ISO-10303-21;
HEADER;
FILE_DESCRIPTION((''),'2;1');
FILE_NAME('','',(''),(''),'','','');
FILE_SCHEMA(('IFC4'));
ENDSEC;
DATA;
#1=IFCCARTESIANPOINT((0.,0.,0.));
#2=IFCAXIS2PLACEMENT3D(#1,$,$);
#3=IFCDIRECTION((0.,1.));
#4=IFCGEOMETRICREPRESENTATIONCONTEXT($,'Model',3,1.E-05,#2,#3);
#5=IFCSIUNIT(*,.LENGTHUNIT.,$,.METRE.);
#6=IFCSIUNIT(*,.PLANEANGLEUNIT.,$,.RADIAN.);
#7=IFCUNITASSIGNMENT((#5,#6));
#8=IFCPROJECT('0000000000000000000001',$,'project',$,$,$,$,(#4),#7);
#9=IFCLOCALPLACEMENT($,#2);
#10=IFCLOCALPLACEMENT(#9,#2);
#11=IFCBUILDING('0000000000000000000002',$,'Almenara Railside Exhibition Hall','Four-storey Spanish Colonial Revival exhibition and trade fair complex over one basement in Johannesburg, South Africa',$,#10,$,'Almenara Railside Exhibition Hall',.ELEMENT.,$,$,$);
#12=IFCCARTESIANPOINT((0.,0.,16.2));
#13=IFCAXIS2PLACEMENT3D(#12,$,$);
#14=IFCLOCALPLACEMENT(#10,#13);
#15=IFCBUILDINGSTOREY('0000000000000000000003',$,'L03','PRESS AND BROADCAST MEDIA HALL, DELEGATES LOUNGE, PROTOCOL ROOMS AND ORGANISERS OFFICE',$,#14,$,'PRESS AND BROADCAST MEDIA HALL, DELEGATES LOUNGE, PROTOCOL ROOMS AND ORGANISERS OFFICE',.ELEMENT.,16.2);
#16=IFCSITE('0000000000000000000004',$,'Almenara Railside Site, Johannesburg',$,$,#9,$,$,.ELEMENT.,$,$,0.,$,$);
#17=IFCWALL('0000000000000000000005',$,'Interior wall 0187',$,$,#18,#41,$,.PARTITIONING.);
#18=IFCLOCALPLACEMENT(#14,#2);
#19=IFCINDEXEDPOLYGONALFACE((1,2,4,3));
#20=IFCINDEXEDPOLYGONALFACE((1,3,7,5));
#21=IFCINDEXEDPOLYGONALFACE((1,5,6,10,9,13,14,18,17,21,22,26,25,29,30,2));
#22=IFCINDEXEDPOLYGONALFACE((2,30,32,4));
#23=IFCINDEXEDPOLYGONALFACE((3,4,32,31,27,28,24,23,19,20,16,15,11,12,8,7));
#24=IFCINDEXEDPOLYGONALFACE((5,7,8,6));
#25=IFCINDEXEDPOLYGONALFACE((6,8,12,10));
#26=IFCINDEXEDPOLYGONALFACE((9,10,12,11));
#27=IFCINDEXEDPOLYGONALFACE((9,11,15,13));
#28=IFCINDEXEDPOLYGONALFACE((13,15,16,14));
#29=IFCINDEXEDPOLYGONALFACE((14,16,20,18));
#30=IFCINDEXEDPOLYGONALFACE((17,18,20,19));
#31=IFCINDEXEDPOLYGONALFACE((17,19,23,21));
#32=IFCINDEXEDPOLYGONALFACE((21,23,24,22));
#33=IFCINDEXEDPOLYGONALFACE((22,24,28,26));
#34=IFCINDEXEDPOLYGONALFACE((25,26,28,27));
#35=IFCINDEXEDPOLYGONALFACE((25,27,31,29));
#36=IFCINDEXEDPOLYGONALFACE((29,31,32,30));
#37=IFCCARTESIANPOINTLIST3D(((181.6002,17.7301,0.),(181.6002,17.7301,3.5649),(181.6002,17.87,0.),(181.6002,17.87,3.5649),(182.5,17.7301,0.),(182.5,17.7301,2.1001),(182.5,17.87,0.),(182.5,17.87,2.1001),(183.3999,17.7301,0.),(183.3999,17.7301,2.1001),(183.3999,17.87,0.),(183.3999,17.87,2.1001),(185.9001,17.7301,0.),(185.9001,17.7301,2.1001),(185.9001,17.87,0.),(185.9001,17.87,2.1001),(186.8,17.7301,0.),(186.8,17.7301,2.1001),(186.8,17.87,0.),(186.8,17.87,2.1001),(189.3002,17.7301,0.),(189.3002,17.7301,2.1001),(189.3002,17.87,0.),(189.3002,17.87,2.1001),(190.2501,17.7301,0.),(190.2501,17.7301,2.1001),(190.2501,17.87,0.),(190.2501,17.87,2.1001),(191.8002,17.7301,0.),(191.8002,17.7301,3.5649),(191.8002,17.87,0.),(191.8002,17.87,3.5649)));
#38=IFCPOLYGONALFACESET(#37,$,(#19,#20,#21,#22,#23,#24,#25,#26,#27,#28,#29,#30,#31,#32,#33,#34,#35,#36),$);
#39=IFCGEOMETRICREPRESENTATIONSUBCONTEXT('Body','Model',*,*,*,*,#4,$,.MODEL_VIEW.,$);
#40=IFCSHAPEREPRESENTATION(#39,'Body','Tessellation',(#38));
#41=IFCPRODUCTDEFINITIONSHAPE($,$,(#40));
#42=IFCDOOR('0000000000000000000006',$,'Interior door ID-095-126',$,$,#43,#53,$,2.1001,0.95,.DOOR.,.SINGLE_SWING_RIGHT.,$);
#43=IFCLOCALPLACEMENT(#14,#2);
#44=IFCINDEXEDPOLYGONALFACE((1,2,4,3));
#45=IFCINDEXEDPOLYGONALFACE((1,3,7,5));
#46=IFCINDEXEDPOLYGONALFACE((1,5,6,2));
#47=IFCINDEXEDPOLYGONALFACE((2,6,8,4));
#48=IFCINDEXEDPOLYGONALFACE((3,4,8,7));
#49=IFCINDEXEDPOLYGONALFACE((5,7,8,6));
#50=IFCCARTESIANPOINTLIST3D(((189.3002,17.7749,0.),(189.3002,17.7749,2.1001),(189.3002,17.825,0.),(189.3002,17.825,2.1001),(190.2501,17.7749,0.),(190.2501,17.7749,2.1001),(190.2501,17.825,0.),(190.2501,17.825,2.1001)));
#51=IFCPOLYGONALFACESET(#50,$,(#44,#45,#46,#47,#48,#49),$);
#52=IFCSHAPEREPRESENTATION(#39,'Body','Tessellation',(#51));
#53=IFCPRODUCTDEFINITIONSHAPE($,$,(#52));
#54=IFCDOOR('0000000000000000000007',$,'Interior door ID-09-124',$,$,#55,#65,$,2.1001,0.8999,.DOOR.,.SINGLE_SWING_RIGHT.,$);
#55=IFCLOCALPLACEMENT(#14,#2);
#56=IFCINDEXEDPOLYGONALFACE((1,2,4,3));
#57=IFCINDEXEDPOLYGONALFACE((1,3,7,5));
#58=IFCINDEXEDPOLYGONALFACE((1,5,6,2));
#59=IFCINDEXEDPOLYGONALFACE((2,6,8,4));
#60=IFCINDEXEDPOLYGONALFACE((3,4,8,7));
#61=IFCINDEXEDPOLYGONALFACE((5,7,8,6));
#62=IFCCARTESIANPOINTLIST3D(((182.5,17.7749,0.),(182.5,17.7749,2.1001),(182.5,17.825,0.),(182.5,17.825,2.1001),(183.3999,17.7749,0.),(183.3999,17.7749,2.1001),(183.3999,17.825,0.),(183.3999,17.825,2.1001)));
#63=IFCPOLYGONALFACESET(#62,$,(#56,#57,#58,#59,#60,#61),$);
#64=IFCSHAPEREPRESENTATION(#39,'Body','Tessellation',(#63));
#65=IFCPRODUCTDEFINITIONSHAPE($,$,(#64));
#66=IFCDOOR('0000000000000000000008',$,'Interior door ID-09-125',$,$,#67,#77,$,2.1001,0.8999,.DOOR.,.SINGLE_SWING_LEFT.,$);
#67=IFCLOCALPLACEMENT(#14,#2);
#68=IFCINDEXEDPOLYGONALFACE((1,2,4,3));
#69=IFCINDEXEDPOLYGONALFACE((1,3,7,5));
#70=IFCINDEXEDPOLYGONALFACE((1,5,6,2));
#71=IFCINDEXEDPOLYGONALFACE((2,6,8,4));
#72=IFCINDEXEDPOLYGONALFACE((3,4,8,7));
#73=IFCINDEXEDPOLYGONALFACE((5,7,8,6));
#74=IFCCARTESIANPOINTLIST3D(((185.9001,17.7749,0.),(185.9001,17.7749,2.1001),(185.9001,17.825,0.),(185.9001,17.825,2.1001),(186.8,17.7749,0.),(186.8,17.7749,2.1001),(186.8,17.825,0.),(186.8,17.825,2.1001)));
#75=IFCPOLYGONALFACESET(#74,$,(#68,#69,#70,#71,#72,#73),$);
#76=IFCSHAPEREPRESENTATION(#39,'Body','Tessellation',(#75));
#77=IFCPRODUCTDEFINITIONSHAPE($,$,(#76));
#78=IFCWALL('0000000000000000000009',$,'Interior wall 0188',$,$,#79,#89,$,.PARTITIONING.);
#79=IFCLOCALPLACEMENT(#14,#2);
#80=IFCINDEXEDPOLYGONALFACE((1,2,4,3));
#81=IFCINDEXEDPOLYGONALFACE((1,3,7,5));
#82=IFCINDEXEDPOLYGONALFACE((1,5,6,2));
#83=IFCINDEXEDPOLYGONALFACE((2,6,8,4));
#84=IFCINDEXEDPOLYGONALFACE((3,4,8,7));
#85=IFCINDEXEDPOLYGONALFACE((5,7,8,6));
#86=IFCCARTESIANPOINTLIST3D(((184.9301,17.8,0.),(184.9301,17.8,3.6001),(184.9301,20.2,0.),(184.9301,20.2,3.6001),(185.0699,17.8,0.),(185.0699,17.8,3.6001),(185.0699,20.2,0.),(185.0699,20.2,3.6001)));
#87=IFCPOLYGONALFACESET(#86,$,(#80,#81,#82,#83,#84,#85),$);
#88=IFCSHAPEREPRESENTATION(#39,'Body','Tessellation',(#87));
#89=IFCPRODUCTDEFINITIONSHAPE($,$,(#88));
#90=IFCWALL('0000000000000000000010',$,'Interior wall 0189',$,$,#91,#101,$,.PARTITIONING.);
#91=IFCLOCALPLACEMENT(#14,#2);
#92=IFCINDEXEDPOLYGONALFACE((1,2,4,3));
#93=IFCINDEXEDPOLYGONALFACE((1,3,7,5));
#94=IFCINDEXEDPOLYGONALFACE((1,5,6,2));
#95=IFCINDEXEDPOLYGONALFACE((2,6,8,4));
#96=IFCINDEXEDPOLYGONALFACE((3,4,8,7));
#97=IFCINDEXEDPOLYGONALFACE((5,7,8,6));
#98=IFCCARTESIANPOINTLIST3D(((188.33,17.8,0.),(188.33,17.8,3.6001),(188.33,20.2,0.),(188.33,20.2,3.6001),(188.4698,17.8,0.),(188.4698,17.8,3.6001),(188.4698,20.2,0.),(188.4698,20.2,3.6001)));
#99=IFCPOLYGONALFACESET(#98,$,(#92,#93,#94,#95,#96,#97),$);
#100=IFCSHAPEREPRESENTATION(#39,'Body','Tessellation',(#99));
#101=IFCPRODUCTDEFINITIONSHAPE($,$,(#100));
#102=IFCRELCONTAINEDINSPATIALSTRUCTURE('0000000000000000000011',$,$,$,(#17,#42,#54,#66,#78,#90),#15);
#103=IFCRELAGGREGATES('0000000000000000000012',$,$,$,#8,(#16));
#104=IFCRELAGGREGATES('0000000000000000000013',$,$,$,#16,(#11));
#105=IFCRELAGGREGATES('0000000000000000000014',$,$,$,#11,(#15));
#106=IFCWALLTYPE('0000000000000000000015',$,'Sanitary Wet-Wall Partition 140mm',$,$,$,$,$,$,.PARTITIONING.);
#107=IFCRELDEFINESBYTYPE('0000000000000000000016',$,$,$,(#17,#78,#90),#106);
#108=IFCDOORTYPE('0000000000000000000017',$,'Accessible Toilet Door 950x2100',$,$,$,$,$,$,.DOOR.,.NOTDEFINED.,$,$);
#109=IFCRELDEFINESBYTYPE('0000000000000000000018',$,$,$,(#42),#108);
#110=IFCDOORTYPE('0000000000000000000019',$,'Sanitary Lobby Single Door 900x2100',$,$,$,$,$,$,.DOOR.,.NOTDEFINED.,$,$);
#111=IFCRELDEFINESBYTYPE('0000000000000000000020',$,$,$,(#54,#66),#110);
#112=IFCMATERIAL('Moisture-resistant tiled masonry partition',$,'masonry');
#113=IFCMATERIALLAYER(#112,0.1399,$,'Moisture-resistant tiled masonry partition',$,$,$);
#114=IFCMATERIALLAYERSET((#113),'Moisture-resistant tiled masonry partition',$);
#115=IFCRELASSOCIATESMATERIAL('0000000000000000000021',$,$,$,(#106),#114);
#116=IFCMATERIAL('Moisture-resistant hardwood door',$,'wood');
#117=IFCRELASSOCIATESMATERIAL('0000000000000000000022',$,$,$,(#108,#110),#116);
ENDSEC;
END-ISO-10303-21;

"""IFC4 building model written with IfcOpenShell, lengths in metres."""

from ifc_helpers import new_model, si_unit, direction, frame, frame_2d, origin, place, context, subcontext, project, spatial, rectangle, extrude, material, layer, layer_set, type_object, element, fill, save


model = new_model("IFC4")

# Units and contexts
model_context = context("Model", 3, precision=1e-05, world=origin(), true_north=direction((0.0, 1.0)))
body_context = subcontext(model_context, "Body", "Model", "MODEL_VIEW")
ifc_project = project(units=[si_unit("LENGTHUNIT", "METRE"), si_unit("PLANEANGLEUNIT", "RADIAN")], contexts=[model_context])

# Site, building, storey
site_placement = place(None, origin())
site = spatial("IfcSite", under=ifc_project, at=site_placement, Name="Almenara Railside Site, Johannesburg", CompositionType="ELEMENT", RefElevation=0.0)
building_placement = place(site_placement, origin())
building = spatial("IfcBuilding", under=site, at=building_placement, Name="Almenara Railside Exhibition Hall", Description="Four-storey Spanish Colonial Revival exhibition and trade fair complex over one basement in Johannesburg, South Africa", LongName="Almenara Railside Exhibition Hall", CompositionType="ELEMENT")
storey_placement = place(building_placement, frame((0.0, 0.0, 16.2)))
storey = spatial("IfcBuildingStorey", under=building, at=storey_placement, Name="L03", Description="PRESS AND BROADCAST MEDIA HALL, DELEGATES LOUNGE, PROTOCOL ROOMS AND ORGANISERS OFFICE", LongName="PRESS AND BROADCAST MEDIA HALL, DELEGATES LOUNGE, PROTOCOL ROOMS AND ORGANISERS OFFICE", CompositionType="ELEMENT", Elevation=16.2)

# Wall, openings, doors
ifc_material_1 = material(Name="Moisture-resistant tiled masonry partition", Category="masonry")
ifc_layer_1 = layer(ifc_material_1, 0.1399, Name="Moisture-resistant tiled masonry partition")
ifc_layer_set_1 = layer_set([ifc_layer_1], Name="Moisture-resistant tiled masonry partition")
wall_type_1 = type_object("IfcWallType", Name="Sanitary Wet-Wall Partition 140mm", PredefinedType="PARTITIONING", material=ifc_layer_set_1)
wall_1_placement = place(storey_placement, frame((181.6001, 17.8, 0.0), z_axis=(0.0, 0.0, 1.0), x_axis=(1.0, 0.0, 0.0)))
wall_1 = element("IfcWall", 1, at=wall_1_placement, inside=storey, type_object=wall_type_1, Name="Interior wall 0187", PredefinedType="PARTITIONING", context=body_context, shape_type="SweptSolid", body=[
    extrude(rectangle(XDim=10.2, YDim=0.1399, at=frame_2d((5.1001, 0.0))), origin(), (0.0, 0.0, 1.0), 3.5649),
])
opening_1_placement = place(wall_1_placement, frame((0.8999, 0.0, 0.0)))
opening_1 = element("IfcOpeningElement", 2, at=opening_1_placement, cuts=wall_1, PredefinedType="OPENING", context=body_context, shape_type="SweptSolid", body=[
    extrude(rectangle(XDim=0.8999, YDim=2.1001, at=frame_2d((0.45, 1.05))), frame((0.0, 0.0798, 0.0), z_axis=(0.0, -1.0, 0.0), x_axis=(1.0, 0.0, 0.0)), (0.0, 0.0, 1.0), 0.1599),
])
opening_2_placement = place(wall_1_placement, frame((4.3, 0.0, 0.0)))
opening_2 = element("IfcOpeningElement", 3, at=opening_2_placement, cuts=wall_1, PredefinedType="OPENING", context=body_context, shape_type="SweptSolid", body=[
    extrude(rectangle(XDim=0.8999, YDim=2.1001, at=frame_2d((0.45, 1.05))), frame((0.0, 0.0798, 0.0), z_axis=(0.0, -1.0, 0.0), x_axis=(1.0, 0.0, 0.0)), (0.0, 0.0, 1.0), 0.1599),
])
opening_3_placement = place(wall_1_placement, frame((7.7, 0.0, 0.0)))
opening_3 = element("IfcOpeningElement", 4, at=opening_3_placement, cuts=wall_1, PredefinedType="OPENING", context=body_context, shape_type="SweptSolid", body=[
    extrude(rectangle(XDim=0.95, YDim=2.1001, at=frame_2d((0.4751, 1.05))), frame((0.0, 0.0798, 0.0), z_axis=(0.0, -1.0, 0.0), x_axis=(1.0, 0.0, 0.0)), (0.0, 0.0, 1.0), 0.1599),
])
ifc_material_2 = material(Name="Moisture-resistant hardwood door", Category="wood")
door_type_1 = type_object("IfcDoorType", Name="Accessible Toilet Door 950x2100", OperationType="NOTDEFINED", PredefinedType="DOOR", material=ifc_material_2)
door_1_placement = place(opening_3_placement, origin())
door_1 = element("IfcDoor", 5, at=door_1_placement, inside=storey, type_object=door_type_1, Name="Interior door ID-095-126", OperationType="SINGLE_SWING_RIGHT", OverallHeight=2.1001, OverallWidth=0.95, PredefinedType="DOOR", context=body_context, shape_type="SweptSolid", body=[
    extrude(rectangle(XDim=0.95, YDim=2.1001, at=frame_2d((0.4751, 1.05))), frame((0.0, 0.0249, 0.0), z_axis=(0.0, -1.0, 0.0), x_axis=(1.0, 0.0, 0.0)), (0.0, 0.0, 1.0), 0.05),
])
fill(opening_3, door_1)
door_type_2 = type_object("IfcDoorType", Name="Sanitary Lobby Single Door 900x2100", OperationType="NOTDEFINED", PredefinedType="DOOR", material=ifc_material_2)
door_2_placement = place(opening_1_placement, origin())
door_2 = element("IfcDoor", 6, at=door_2_placement, inside=storey, type_object=door_type_2, Name="Interior door ID-09-124", OperationType="SINGLE_SWING_RIGHT", OverallHeight=2.1001, OverallWidth=0.8999, PredefinedType="DOOR", context=body_context, shape_type="SweptSolid", body=[
    extrude(rectangle(XDim=0.8999, YDim=2.1001, at=frame_2d((0.45, 1.05))), frame((0.0, 0.0249, 0.0), z_axis=(0.0, -1.0, 0.0), x_axis=(1.0, 0.0, 0.0)), (0.0, 0.0, 1.0), 0.05),
])
fill(opening_1, door_2)
door_3_placement = place(opening_2_placement, origin())
door_3 = element("IfcDoor", 7, at=door_3_placement, inside=storey, type_object=door_type_2, Name="Interior door ID-09-125", OperationType="SINGLE_SWING_LEFT", OverallHeight=2.1001, OverallWidth=0.8999, PredefinedType="DOOR", context=body_context, shape_type="SweptSolid", body=[
    extrude(rectangle(XDim=0.8999, YDim=2.1001, at=frame_2d((0.45, 1.05))), frame((0.0, 0.0249, 0.0), z_axis=(0.0, -1.0, 0.0), x_axis=(1.0, 0.0, 0.0)), (0.0, 0.0, 1.0), 0.05),
])
fill(opening_2, door_3)

# Walls
for number, where, z_axis, x_axis, name in (
    (8, (185.0, 17.8, 0.0), (0.0, 0.0, 1.0), (0.0, 1.0, 0.0), "Interior wall 0188"),
    (9, (188.3999, 17.8, 0.0), (0.0, 0.0, 1.0), (0.0, 1.0, 0.0), "Interior wall 0189"),
):
    element("IfcWall", number, at=place(storey_placement, frame(where, z_axis=z_axis, x_axis=x_axis)), inside=storey, type_object=wall_type_1, Name=name, PredefinedType="PARTITIONING", context=body_context, shape_type="SweptSolid", body=[
        extrude(rectangle(XDim=2.3999, YDim=0.1399, at=frame_2d((1.2, 0.0))), origin(), (0.0, 0.0, 1.0), 3.6001),
    ])

save(model, "model.ifc")
